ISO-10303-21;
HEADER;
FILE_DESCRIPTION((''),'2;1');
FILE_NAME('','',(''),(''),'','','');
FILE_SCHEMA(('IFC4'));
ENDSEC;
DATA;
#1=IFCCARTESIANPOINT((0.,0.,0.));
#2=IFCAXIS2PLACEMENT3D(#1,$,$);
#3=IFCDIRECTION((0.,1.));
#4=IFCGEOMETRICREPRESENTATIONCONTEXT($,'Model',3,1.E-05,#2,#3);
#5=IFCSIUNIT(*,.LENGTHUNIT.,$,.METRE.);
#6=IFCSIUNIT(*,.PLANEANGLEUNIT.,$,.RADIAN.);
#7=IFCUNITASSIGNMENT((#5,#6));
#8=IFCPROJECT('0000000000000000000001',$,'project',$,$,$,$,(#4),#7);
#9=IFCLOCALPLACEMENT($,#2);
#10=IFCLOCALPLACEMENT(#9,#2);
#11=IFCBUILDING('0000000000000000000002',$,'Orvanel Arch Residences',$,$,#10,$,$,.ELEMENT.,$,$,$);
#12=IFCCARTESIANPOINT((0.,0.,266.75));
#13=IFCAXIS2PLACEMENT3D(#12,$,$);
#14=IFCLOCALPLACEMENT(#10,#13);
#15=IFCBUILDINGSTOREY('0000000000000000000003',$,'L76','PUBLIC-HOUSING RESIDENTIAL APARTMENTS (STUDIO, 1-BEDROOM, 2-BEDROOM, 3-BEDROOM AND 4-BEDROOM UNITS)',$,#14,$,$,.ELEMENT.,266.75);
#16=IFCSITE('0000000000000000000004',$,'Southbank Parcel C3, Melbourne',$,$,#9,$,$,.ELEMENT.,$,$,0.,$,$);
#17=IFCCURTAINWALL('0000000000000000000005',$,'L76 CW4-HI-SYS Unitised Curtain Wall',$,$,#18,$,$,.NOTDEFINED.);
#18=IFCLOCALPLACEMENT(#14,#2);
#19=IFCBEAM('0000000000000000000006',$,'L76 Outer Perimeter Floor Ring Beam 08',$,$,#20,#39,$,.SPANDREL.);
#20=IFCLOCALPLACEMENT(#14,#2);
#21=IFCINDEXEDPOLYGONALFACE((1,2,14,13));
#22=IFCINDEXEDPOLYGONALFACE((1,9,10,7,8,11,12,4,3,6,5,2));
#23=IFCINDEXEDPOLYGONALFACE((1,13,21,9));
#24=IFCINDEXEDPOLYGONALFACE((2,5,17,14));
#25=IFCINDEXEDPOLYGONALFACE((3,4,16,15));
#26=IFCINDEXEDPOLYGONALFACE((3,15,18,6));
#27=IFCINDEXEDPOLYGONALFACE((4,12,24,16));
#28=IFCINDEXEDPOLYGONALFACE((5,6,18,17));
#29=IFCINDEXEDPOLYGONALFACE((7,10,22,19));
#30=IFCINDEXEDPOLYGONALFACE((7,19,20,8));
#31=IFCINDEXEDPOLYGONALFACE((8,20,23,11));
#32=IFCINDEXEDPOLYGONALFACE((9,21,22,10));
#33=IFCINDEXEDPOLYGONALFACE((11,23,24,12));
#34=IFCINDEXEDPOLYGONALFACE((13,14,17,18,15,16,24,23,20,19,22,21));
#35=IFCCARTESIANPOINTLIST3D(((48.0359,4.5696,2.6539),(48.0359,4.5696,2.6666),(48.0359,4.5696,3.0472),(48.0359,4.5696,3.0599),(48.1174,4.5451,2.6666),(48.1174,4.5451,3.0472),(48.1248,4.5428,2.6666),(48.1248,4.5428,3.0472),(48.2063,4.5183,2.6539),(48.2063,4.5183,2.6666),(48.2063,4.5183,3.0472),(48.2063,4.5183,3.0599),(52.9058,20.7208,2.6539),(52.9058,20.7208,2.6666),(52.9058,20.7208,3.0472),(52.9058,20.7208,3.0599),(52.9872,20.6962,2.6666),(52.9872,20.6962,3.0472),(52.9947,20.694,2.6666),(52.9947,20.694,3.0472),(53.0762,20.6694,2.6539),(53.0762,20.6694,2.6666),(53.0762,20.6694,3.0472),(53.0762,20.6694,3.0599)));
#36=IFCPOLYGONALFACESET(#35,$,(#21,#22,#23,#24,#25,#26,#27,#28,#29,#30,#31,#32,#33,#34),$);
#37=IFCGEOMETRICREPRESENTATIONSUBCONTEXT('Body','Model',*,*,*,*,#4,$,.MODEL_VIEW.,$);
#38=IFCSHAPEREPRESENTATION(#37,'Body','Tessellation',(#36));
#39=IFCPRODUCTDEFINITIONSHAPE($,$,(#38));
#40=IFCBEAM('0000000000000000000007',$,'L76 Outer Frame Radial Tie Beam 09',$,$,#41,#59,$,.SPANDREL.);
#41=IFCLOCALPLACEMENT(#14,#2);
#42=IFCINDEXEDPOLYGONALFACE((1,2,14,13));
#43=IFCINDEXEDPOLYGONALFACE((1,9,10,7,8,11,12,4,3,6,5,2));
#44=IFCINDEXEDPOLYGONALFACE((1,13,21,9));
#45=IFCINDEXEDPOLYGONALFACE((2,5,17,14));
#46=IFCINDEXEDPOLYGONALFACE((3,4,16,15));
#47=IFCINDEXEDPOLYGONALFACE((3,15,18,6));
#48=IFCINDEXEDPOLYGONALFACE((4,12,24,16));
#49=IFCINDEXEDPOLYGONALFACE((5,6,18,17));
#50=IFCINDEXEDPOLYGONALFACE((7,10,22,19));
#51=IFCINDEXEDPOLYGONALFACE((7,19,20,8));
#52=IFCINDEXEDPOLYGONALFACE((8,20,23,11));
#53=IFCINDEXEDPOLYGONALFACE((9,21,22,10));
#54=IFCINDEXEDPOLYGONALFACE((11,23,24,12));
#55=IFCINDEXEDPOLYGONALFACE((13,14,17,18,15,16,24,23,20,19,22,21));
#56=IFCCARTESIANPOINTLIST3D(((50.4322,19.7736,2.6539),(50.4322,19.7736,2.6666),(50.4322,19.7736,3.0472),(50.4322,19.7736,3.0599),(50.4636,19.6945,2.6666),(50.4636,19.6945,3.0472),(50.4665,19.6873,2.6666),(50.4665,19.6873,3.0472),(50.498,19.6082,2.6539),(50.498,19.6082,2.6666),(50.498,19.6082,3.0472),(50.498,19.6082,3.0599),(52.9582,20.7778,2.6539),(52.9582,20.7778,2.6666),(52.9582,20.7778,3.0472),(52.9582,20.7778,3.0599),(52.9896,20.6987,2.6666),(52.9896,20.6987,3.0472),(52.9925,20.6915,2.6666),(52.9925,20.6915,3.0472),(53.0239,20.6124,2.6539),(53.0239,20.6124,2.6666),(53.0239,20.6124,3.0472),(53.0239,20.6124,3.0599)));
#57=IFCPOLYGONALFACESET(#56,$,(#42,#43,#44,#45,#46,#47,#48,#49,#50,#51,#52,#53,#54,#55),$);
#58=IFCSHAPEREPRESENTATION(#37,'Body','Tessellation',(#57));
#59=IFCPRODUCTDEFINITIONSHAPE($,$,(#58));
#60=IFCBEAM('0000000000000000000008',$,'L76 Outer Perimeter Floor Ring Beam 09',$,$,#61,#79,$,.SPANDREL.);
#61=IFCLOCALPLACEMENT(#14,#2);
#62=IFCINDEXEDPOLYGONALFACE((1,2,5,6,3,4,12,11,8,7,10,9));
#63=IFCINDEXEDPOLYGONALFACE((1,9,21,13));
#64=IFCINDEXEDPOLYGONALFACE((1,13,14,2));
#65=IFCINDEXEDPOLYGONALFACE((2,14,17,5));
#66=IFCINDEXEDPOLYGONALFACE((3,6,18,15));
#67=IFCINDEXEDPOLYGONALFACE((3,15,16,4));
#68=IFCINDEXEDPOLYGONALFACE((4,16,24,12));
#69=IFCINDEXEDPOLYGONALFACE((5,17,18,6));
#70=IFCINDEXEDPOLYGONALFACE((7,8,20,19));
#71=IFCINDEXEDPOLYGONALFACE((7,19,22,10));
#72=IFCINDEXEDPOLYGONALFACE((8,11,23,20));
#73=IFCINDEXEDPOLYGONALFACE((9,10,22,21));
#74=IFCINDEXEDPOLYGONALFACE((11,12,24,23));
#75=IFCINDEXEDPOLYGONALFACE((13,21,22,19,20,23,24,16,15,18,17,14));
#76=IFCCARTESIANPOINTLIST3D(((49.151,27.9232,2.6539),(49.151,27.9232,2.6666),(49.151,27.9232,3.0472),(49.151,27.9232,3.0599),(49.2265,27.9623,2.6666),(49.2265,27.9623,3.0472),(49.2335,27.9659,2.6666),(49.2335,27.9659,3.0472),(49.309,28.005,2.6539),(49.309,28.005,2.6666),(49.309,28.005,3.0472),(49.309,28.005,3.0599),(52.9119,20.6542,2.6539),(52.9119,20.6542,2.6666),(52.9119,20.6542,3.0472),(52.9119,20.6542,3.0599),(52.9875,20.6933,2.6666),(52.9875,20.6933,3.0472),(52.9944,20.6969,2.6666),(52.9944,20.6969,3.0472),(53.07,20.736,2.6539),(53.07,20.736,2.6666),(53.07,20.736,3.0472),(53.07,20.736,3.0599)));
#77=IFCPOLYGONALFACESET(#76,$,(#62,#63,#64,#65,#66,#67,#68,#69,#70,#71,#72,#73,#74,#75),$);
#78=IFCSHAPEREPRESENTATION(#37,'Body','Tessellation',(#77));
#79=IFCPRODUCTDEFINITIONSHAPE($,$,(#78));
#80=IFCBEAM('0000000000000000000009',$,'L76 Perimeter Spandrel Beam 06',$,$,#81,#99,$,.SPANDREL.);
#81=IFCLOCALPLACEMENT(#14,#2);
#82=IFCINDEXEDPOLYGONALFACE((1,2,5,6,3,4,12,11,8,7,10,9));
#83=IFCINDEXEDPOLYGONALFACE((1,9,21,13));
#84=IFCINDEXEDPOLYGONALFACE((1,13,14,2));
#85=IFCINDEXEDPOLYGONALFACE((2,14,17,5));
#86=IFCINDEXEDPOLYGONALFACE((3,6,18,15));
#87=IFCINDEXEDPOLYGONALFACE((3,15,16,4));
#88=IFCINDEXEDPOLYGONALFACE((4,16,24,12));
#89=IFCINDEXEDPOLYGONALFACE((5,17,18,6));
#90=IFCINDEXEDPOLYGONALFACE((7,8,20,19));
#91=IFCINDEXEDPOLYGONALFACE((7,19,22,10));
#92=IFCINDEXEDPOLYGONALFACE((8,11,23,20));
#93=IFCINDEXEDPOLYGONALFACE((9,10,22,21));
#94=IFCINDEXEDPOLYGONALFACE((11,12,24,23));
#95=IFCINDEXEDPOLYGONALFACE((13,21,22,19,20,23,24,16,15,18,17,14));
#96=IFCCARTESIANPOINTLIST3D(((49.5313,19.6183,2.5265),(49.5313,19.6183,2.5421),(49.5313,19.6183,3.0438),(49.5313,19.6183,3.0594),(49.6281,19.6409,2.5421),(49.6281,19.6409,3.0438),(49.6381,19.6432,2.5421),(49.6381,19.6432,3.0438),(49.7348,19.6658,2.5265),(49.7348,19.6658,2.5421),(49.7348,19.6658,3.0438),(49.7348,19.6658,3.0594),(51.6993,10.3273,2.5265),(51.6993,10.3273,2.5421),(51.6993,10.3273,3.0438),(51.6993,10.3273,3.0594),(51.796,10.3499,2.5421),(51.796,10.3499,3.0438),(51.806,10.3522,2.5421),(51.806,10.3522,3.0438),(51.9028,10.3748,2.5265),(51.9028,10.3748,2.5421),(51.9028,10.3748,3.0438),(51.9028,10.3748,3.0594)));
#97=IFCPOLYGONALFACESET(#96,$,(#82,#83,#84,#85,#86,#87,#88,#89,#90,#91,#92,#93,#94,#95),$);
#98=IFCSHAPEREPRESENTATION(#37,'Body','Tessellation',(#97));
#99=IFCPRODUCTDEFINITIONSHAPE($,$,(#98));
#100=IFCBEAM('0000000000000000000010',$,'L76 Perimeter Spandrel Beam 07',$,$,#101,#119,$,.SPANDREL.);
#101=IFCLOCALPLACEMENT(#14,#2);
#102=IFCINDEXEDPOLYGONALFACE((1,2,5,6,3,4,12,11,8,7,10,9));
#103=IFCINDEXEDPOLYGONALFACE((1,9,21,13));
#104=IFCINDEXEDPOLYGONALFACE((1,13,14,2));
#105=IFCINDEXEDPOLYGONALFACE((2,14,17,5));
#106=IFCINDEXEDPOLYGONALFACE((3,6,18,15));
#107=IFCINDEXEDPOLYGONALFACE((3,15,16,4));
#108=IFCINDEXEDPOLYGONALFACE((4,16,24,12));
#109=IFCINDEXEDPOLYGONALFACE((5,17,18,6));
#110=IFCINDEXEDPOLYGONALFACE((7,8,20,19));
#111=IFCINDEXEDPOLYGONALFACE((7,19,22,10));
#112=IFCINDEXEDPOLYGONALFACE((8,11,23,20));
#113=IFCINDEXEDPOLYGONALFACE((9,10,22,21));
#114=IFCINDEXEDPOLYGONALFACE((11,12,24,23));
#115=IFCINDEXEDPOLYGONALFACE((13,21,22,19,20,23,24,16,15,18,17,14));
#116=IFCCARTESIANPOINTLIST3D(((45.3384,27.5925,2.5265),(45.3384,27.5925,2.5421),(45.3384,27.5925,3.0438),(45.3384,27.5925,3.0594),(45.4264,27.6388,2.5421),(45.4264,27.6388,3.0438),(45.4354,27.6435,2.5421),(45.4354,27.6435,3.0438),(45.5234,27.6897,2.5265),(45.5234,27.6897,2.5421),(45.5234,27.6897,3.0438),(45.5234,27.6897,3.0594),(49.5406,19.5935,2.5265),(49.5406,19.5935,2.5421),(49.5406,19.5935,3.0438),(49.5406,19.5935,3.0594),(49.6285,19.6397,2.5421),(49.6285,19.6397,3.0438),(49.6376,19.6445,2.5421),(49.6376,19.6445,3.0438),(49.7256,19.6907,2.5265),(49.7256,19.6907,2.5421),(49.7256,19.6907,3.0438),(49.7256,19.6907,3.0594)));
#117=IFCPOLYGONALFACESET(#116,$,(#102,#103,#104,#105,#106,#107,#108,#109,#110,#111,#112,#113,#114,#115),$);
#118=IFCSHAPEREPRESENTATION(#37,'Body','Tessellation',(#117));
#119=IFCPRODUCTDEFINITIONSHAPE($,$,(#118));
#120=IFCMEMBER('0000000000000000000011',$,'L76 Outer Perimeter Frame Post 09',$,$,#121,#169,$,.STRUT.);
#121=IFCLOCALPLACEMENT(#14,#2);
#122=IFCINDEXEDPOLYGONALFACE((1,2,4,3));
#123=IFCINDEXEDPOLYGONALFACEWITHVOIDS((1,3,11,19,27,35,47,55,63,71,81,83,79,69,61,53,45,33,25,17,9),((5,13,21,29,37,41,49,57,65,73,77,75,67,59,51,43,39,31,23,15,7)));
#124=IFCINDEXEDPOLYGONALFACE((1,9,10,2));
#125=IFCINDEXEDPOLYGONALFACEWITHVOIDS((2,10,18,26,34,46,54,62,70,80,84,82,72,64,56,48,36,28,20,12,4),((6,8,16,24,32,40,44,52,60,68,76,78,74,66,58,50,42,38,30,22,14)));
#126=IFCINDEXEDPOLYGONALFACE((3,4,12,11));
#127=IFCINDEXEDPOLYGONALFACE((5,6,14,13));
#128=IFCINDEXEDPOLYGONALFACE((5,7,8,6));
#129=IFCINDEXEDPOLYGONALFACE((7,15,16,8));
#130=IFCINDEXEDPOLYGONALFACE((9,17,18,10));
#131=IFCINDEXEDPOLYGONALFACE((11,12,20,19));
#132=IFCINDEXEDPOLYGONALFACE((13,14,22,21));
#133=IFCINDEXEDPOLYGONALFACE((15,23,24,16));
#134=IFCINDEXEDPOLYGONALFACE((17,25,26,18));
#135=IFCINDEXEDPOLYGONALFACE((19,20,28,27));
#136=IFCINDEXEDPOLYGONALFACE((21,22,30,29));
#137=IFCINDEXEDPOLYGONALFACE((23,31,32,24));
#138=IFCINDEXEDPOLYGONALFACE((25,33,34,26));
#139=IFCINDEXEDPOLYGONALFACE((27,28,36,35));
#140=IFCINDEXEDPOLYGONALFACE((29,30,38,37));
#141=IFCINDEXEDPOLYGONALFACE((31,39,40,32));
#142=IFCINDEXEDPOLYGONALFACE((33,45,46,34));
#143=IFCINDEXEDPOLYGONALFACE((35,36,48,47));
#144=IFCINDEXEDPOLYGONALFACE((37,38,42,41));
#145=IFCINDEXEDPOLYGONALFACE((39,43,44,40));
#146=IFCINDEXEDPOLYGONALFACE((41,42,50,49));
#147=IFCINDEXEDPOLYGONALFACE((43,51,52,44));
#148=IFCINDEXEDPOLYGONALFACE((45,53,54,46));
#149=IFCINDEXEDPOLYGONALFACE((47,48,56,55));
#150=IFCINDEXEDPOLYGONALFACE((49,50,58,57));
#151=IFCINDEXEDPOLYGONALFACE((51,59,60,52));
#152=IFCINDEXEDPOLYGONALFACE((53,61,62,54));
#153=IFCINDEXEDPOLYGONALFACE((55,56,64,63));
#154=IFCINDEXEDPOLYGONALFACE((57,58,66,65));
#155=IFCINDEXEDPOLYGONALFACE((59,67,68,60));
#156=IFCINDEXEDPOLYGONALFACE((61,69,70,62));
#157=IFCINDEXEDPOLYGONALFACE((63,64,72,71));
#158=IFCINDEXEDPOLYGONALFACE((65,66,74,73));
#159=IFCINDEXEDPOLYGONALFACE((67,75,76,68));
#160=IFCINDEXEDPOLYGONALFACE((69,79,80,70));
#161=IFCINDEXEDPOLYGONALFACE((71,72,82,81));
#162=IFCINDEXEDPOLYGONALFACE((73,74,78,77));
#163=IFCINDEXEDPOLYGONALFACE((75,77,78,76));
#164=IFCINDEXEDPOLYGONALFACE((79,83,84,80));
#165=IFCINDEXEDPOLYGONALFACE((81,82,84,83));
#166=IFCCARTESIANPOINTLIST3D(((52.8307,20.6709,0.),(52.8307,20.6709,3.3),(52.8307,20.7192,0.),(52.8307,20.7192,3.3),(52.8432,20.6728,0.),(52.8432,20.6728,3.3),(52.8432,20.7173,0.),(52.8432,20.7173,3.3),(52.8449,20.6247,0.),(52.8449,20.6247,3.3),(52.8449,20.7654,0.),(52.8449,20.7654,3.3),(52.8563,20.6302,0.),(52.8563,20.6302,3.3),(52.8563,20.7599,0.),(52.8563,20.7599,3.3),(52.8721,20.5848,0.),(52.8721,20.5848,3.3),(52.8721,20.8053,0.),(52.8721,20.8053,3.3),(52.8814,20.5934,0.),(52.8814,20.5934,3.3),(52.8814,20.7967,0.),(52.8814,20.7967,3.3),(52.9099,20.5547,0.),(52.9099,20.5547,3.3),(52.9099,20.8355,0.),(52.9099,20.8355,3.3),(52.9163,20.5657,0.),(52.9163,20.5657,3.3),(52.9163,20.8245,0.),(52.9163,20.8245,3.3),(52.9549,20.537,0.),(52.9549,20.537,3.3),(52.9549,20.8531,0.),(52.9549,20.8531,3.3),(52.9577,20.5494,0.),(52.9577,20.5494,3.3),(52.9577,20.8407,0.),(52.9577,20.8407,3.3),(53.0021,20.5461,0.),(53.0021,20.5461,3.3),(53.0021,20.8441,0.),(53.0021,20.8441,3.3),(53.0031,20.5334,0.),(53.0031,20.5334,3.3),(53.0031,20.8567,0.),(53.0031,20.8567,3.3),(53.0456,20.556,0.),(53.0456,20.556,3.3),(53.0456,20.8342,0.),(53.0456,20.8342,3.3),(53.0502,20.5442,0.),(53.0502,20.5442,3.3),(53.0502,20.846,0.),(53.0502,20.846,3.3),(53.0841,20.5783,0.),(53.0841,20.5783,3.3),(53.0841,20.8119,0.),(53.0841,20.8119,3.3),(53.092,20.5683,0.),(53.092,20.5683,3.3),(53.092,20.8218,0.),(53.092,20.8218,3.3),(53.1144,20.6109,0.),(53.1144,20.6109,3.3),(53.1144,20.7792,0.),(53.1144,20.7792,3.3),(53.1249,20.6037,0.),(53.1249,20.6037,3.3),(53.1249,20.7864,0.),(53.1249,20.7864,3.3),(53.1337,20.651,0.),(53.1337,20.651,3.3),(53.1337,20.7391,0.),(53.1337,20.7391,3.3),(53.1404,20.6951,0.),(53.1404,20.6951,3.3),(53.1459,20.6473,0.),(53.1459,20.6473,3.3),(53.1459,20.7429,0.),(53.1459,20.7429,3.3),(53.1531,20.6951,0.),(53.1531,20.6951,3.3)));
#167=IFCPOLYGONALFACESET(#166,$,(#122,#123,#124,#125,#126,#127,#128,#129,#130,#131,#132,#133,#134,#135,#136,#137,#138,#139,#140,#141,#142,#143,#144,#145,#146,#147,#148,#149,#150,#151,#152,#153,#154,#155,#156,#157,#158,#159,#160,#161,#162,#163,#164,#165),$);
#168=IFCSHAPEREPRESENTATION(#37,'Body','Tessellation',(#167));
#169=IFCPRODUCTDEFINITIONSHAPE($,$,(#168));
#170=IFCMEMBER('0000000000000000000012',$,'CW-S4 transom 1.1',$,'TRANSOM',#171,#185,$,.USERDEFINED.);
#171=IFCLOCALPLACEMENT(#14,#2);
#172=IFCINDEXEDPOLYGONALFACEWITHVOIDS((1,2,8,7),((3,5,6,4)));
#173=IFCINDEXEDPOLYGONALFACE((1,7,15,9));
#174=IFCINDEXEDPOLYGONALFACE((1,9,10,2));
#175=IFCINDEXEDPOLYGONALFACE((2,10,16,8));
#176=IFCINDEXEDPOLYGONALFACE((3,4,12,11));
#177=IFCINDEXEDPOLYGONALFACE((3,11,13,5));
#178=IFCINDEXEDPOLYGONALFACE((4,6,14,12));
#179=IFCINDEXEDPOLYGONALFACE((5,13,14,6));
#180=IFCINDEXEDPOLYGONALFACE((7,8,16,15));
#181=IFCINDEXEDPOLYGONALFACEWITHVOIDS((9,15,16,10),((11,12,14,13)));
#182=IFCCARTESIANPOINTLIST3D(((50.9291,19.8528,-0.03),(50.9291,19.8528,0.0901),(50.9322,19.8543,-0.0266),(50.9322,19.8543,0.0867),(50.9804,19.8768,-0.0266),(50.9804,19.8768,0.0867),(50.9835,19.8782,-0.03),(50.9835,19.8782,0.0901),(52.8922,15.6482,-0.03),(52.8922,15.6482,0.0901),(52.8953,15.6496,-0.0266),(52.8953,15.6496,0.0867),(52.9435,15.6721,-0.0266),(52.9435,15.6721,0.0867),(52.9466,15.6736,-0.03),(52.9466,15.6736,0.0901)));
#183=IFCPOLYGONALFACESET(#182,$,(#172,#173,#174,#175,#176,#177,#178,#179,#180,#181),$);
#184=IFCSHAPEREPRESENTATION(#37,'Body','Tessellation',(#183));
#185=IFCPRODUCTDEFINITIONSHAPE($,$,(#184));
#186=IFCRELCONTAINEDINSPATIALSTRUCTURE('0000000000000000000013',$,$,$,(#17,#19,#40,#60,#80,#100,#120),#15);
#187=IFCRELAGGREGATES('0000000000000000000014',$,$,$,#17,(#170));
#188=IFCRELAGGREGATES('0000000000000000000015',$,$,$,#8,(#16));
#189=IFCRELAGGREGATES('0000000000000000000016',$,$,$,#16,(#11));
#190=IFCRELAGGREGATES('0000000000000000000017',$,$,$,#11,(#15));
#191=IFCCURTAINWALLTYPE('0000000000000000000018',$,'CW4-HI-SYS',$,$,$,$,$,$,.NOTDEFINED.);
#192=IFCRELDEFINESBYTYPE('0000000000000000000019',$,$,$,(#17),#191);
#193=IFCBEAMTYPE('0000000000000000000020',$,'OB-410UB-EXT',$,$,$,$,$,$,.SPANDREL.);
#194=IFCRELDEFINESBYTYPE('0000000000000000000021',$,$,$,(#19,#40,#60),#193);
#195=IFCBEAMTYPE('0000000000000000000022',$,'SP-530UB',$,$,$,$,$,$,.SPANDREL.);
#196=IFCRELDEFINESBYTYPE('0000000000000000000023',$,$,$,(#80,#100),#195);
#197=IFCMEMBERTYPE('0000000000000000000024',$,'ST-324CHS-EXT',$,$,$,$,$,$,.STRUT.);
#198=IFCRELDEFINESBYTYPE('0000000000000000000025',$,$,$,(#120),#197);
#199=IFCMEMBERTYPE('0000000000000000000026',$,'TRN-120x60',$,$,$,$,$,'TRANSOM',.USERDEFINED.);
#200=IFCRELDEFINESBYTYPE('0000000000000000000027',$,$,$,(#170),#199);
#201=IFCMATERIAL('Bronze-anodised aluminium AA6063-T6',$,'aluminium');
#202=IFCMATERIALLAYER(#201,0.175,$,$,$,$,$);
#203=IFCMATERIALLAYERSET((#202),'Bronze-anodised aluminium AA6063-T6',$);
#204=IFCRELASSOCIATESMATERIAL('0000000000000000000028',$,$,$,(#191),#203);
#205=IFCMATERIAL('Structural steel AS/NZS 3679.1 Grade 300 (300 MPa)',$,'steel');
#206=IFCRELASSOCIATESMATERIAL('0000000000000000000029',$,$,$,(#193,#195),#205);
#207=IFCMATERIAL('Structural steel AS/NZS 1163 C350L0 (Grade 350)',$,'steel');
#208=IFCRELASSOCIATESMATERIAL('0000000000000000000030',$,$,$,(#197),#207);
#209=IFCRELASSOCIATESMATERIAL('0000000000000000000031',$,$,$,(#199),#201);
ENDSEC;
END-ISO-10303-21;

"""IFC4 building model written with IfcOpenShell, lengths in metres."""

from ifc_helpers import new_model, si_unit, direction, frame, origin, origin_2d, place, context, subcontext, project, spatial, hollow_rectangle, hollow_circle, i_section, extrude, material, layer, layer_set, material_profile, profile_set, type_object, element, aggregate, save


model = new_model("IFC4")

# Units and contexts
model_context = context("Model", 3, precision=1e-05, world=origin(), true_north=direction((0.0, 1.0)))
body_context = subcontext(model_context, "Body", "Model", "MODEL_VIEW")
ifc_project = project(units=[si_unit("LENGTHUNIT", "METRE"), si_unit("PLANEANGLEUNIT", "RADIAN")], contexts=[model_context])

# Site, building, storey
site_placement = place(None, origin())
site = spatial("IfcSite", under=ifc_project, at=site_placement, Name="Southbank Parcel C3, Melbourne", CompositionType="ELEMENT", RefElevation=0.0)
building_placement = place(site_placement, origin())
building = spatial("IfcBuilding", under=site, at=building_placement, Name="Orvanel Arch Residences", CompositionType="ELEMENT")
storey_placement = place(building_placement, frame((0.0, 0.0, 266.75)))
storey = spatial("IfcBuildingStorey", under=building, at=storey_placement, Name="L76", Description="PUBLIC-HOUSING RESIDENTIAL APARTMENTS (STUDIO, 1-BEDROOM, 2-BEDROOM, 3-BEDROOM AND 4-BEDROOM UNITS)", CompositionType="ELEMENT", Elevation=266.75)

# Shared definitions
ifc_material_1 = material(Name="Bronze-anodised aluminium AA6063-T6", Category="aluminium")

# Shared definitions
ifc_layer_1 = layer(ifc_material_1, 0.175)
ifc_layer_set_1 = layer_set([ifc_layer_1], Name="Bronze-anodised aluminium AA6063-T6")
curtain_wall_type_1 = type_object("IfcCurtainWallType", Name="CW4-HI-SYS", PredefinedType="NOTDEFINED", material=ifc_layer_set_1)

# Curtain wall
curtain_wall_1_placement = place(storey_placement, origin())
curtain_wall_1 = element("IfcCurtainWall", 1, at=curtain_wall_1_placement, inside=storey, type_object=curtain_wall_type_1, Name="L76 CW4-HI-SYS Unitised Curtain Wall", PredefinedType="NOTDEFINED")

# Beams
ifc_material_2 = material(Name="Structural steel AS/NZS 3679.1 Grade 300 (300 MPa)", Category="steel")
ifc_material_profile_1 = material_profile(ifc_material_2, i_section(OverallWidth=0.178, OverallDepth=0.406, WebThickness=0.0078, FlangeThickness=0.0127, at=origin_2d()), Name="410UB59.7")
ifc_profile_set_1 = profile_set([ifc_material_profile_1], Name="Structural steel AS/NZS 3679.1 Grade 300 (300 MPa)")
beam_type_1 = type_object("IfcBeamType", Name="OB-410UB-EXT", PredefinedType="SPANDREL", material=ifc_profile_set_1)
beam_1_placement = place(storey_placement, frame((48.1211, 4.5439, 2.8569), z_axis=(0.288682, 0.957425, 0.0), x_axis=(-0.957425, 0.288682, 0.0)))
element("IfcBeam", 2, at=beam_1_placement, inside=storey, type_object=beam_type_1, Name="L76 Outer Perimeter Floor Ring Beam 08", PredefinedType="SPANDREL", context=body_context, shape_type="SweptSolid", body=[
    extrude(i_section(OverallWidth=0.178, OverallDepth=0.406, WebThickness=0.0078, FlangeThickness=0.0127, at=origin_2d()), origin(), (0.0, 0.0, 1.0), 16.8694),
])
beam_2_placement = place(storey_placement, frame((50.4651, 19.6909, 2.8569), z_axis=(0.929261, 0.369423, 0.0), x_axis=(-0.369423, 0.929261, 0.0)))
element("IfcBeam", 3, at=beam_2_placement, inside=storey, type_object=beam_type_1, Name="L76 Outer Frame Radial Tie Beam 09", PredefinedType="SPANDREL", context=body_context, shape_type="SweptSolid", body=[
    extrude(i_section(OverallWidth=0.178, OverallDepth=0.406, WebThickness=0.0078, FlangeThickness=0.0127, at=origin_2d()), origin(), (0.0, 0.0, 1.0), 2.7183),
])
beam_3_placement = place(storey_placement, frame((52.991, 20.6951, 2.8569), z_axis=(-0.459532, 0.888161, 0.0), x_axis=(-0.888161, -0.459532, 0.0)))
element("IfcBeam", 4, at=beam_3_placement, inside=storey, type_object=beam_type_1, Name="L76 Outer Perimeter Floor Ring Beam 09", PredefinedType="SPANDREL", context=body_context, shape_type="SweptSolid", body=[
    extrude(i_section(OverallWidth=0.178, OverallDepth=0.406, WebThickness=0.0078, FlangeThickness=0.0127, at=origin_2d()), origin(), (0.0, 0.0, 1.0), 8.1843),
])
ifc_material_profile_2 = material_profile(ifc_material_2, i_section(OverallWidth=0.209, OverallDepth=0.533, WebThickness=0.0103, FlangeThickness=0.0156, at=origin_2d()), Name="530UB92.4")
ifc_profile_set_2 = profile_set([ifc_material_profile_2], Name="Structural steel AS/NZS 3679.1 Grade 300 (300 MPa)")
beam_type_2 = type_object("IfcBeamType", Name="SP-530UB", PredefinedType="SPANDREL", material=ifc_profile_set_2)
beam_4_placement = place(storey_placement, frame((51.801, 10.3511, 2.793), z_axis=(-0.227236, 0.97384, 0.0), x_axis=(-0.97384, -0.227236, 0.0)))
element("IfcBeam", 5, at=beam_4_placement, inside=storey, type_object=beam_type_2, Name="L76 Perimeter Spandrel Beam 06", PredefinedType="SPANDREL", context=body_context, shape_type="SweptSolid", body=[
    extrude(i_section(OverallWidth=0.209, OverallDepth=0.533, WebThickness=0.0103, FlangeThickness=0.0156, at=origin_2d()), origin(), (0.0, 0.0, 1.0), 9.5405),
])
beam_5_placement = place(storey_placement, frame((49.6331, 19.6421, 2.793), z_axis=(-0.465065, 0.885277, 0.0), x_axis=(-0.885277, -0.465065, 0.0)))
element("IfcBeam", 6, at=beam_5_placement, inside=storey, type_object=beam_type_2, Name="L76 Perimeter Spandrel Beam 07", PredefinedType="SPANDREL", context=body_context, shape_type="SweptSolid", body=[
    extrude(i_section(OverallWidth=0.209, OverallDepth=0.533, WebThickness=0.0103, FlangeThickness=0.0156, at=origin_2d()), origin(), (0.0, 0.0, 1.0), 9.0356),
])

# Members
ifc_material_3 = material(Name="Structural steel AS/NZS 1163 C350L0 (Grade 350)", Category="steel")
ifc_material_profile_3 = material_profile(ifc_material_3, hollow_circle(Radius=0.1621, WallThickness=0.0127, at=origin_2d()), Name="CHS324x12.7")
ifc_profile_set_3 = profile_set([ifc_material_profile_3], Name="Structural steel AS/NZS 1163 C350L0 (Grade 350)")
member_type_1 = type_object("IfcMemberType", Name="ST-324CHS-EXT", PredefinedType="STRUT", material=ifc_profile_set_3)
member_1_placement = place(storey_placement, frame((52.991, 20.6951, 0.0), z_axis=(0.0, 0.0, 1.0), x_axis=(1.0, 0.0, 0.0)))
element("IfcMember", 7, at=member_1_placement, inside=storey, type_object=member_type_1, Name="L76 Outer Perimeter Frame Post 09", PredefinedType="STRUT", context=body_context, shape_type="SweptSolid", body=[
    extrude(hollow_circle(Radius=0.1621, WallThickness=0.0127, at=origin_2d()), origin(), (0.0, 0.0, 1.0), 3.3),
])
ifc_material_profile_4 = material_profile(ifc_material_1, hollow_rectangle(XDim=0.0601, YDim=0.1201, WallThickness=0.0034, at=origin_2d()), Name="ALU120x60x3.5")
ifc_profile_set_4 = profile_set([ifc_material_profile_4], Name="Bronze-anodised aluminium AA6063-T6")
member_type_2 = type_object("IfcMemberType", Name="TRN-120x60", ElementType="TRANSOM", PredefinedType="USERDEFINED", material=ifc_profile_set_4)
member_2_placement = place(storey_placement, frame((52.9194, 15.6609, 0.03), z_axis=(-0.423061, 0.906101, 0.0), x_axis=(-0.906101, -0.423061, 0.0)))
member_2 = element("IfcMember", 8, at=member_2_placement, type_object=member_type_2, Name="CW-S4 transom 1.1", ObjectType="TRANSOM", PredefinedType="USERDEFINED", context=body_context, shape_type="SweptSolid", body=[
    extrude(hollow_rectangle(XDim=0.0601, YDim=0.1201, WallThickness=0.0034, at=origin_2d()), origin(), (0.0, 0.0, 1.0), 4.6404),
])

aggregate(curtain_wall_1, [member_2])

save(model, "model.ifc")
